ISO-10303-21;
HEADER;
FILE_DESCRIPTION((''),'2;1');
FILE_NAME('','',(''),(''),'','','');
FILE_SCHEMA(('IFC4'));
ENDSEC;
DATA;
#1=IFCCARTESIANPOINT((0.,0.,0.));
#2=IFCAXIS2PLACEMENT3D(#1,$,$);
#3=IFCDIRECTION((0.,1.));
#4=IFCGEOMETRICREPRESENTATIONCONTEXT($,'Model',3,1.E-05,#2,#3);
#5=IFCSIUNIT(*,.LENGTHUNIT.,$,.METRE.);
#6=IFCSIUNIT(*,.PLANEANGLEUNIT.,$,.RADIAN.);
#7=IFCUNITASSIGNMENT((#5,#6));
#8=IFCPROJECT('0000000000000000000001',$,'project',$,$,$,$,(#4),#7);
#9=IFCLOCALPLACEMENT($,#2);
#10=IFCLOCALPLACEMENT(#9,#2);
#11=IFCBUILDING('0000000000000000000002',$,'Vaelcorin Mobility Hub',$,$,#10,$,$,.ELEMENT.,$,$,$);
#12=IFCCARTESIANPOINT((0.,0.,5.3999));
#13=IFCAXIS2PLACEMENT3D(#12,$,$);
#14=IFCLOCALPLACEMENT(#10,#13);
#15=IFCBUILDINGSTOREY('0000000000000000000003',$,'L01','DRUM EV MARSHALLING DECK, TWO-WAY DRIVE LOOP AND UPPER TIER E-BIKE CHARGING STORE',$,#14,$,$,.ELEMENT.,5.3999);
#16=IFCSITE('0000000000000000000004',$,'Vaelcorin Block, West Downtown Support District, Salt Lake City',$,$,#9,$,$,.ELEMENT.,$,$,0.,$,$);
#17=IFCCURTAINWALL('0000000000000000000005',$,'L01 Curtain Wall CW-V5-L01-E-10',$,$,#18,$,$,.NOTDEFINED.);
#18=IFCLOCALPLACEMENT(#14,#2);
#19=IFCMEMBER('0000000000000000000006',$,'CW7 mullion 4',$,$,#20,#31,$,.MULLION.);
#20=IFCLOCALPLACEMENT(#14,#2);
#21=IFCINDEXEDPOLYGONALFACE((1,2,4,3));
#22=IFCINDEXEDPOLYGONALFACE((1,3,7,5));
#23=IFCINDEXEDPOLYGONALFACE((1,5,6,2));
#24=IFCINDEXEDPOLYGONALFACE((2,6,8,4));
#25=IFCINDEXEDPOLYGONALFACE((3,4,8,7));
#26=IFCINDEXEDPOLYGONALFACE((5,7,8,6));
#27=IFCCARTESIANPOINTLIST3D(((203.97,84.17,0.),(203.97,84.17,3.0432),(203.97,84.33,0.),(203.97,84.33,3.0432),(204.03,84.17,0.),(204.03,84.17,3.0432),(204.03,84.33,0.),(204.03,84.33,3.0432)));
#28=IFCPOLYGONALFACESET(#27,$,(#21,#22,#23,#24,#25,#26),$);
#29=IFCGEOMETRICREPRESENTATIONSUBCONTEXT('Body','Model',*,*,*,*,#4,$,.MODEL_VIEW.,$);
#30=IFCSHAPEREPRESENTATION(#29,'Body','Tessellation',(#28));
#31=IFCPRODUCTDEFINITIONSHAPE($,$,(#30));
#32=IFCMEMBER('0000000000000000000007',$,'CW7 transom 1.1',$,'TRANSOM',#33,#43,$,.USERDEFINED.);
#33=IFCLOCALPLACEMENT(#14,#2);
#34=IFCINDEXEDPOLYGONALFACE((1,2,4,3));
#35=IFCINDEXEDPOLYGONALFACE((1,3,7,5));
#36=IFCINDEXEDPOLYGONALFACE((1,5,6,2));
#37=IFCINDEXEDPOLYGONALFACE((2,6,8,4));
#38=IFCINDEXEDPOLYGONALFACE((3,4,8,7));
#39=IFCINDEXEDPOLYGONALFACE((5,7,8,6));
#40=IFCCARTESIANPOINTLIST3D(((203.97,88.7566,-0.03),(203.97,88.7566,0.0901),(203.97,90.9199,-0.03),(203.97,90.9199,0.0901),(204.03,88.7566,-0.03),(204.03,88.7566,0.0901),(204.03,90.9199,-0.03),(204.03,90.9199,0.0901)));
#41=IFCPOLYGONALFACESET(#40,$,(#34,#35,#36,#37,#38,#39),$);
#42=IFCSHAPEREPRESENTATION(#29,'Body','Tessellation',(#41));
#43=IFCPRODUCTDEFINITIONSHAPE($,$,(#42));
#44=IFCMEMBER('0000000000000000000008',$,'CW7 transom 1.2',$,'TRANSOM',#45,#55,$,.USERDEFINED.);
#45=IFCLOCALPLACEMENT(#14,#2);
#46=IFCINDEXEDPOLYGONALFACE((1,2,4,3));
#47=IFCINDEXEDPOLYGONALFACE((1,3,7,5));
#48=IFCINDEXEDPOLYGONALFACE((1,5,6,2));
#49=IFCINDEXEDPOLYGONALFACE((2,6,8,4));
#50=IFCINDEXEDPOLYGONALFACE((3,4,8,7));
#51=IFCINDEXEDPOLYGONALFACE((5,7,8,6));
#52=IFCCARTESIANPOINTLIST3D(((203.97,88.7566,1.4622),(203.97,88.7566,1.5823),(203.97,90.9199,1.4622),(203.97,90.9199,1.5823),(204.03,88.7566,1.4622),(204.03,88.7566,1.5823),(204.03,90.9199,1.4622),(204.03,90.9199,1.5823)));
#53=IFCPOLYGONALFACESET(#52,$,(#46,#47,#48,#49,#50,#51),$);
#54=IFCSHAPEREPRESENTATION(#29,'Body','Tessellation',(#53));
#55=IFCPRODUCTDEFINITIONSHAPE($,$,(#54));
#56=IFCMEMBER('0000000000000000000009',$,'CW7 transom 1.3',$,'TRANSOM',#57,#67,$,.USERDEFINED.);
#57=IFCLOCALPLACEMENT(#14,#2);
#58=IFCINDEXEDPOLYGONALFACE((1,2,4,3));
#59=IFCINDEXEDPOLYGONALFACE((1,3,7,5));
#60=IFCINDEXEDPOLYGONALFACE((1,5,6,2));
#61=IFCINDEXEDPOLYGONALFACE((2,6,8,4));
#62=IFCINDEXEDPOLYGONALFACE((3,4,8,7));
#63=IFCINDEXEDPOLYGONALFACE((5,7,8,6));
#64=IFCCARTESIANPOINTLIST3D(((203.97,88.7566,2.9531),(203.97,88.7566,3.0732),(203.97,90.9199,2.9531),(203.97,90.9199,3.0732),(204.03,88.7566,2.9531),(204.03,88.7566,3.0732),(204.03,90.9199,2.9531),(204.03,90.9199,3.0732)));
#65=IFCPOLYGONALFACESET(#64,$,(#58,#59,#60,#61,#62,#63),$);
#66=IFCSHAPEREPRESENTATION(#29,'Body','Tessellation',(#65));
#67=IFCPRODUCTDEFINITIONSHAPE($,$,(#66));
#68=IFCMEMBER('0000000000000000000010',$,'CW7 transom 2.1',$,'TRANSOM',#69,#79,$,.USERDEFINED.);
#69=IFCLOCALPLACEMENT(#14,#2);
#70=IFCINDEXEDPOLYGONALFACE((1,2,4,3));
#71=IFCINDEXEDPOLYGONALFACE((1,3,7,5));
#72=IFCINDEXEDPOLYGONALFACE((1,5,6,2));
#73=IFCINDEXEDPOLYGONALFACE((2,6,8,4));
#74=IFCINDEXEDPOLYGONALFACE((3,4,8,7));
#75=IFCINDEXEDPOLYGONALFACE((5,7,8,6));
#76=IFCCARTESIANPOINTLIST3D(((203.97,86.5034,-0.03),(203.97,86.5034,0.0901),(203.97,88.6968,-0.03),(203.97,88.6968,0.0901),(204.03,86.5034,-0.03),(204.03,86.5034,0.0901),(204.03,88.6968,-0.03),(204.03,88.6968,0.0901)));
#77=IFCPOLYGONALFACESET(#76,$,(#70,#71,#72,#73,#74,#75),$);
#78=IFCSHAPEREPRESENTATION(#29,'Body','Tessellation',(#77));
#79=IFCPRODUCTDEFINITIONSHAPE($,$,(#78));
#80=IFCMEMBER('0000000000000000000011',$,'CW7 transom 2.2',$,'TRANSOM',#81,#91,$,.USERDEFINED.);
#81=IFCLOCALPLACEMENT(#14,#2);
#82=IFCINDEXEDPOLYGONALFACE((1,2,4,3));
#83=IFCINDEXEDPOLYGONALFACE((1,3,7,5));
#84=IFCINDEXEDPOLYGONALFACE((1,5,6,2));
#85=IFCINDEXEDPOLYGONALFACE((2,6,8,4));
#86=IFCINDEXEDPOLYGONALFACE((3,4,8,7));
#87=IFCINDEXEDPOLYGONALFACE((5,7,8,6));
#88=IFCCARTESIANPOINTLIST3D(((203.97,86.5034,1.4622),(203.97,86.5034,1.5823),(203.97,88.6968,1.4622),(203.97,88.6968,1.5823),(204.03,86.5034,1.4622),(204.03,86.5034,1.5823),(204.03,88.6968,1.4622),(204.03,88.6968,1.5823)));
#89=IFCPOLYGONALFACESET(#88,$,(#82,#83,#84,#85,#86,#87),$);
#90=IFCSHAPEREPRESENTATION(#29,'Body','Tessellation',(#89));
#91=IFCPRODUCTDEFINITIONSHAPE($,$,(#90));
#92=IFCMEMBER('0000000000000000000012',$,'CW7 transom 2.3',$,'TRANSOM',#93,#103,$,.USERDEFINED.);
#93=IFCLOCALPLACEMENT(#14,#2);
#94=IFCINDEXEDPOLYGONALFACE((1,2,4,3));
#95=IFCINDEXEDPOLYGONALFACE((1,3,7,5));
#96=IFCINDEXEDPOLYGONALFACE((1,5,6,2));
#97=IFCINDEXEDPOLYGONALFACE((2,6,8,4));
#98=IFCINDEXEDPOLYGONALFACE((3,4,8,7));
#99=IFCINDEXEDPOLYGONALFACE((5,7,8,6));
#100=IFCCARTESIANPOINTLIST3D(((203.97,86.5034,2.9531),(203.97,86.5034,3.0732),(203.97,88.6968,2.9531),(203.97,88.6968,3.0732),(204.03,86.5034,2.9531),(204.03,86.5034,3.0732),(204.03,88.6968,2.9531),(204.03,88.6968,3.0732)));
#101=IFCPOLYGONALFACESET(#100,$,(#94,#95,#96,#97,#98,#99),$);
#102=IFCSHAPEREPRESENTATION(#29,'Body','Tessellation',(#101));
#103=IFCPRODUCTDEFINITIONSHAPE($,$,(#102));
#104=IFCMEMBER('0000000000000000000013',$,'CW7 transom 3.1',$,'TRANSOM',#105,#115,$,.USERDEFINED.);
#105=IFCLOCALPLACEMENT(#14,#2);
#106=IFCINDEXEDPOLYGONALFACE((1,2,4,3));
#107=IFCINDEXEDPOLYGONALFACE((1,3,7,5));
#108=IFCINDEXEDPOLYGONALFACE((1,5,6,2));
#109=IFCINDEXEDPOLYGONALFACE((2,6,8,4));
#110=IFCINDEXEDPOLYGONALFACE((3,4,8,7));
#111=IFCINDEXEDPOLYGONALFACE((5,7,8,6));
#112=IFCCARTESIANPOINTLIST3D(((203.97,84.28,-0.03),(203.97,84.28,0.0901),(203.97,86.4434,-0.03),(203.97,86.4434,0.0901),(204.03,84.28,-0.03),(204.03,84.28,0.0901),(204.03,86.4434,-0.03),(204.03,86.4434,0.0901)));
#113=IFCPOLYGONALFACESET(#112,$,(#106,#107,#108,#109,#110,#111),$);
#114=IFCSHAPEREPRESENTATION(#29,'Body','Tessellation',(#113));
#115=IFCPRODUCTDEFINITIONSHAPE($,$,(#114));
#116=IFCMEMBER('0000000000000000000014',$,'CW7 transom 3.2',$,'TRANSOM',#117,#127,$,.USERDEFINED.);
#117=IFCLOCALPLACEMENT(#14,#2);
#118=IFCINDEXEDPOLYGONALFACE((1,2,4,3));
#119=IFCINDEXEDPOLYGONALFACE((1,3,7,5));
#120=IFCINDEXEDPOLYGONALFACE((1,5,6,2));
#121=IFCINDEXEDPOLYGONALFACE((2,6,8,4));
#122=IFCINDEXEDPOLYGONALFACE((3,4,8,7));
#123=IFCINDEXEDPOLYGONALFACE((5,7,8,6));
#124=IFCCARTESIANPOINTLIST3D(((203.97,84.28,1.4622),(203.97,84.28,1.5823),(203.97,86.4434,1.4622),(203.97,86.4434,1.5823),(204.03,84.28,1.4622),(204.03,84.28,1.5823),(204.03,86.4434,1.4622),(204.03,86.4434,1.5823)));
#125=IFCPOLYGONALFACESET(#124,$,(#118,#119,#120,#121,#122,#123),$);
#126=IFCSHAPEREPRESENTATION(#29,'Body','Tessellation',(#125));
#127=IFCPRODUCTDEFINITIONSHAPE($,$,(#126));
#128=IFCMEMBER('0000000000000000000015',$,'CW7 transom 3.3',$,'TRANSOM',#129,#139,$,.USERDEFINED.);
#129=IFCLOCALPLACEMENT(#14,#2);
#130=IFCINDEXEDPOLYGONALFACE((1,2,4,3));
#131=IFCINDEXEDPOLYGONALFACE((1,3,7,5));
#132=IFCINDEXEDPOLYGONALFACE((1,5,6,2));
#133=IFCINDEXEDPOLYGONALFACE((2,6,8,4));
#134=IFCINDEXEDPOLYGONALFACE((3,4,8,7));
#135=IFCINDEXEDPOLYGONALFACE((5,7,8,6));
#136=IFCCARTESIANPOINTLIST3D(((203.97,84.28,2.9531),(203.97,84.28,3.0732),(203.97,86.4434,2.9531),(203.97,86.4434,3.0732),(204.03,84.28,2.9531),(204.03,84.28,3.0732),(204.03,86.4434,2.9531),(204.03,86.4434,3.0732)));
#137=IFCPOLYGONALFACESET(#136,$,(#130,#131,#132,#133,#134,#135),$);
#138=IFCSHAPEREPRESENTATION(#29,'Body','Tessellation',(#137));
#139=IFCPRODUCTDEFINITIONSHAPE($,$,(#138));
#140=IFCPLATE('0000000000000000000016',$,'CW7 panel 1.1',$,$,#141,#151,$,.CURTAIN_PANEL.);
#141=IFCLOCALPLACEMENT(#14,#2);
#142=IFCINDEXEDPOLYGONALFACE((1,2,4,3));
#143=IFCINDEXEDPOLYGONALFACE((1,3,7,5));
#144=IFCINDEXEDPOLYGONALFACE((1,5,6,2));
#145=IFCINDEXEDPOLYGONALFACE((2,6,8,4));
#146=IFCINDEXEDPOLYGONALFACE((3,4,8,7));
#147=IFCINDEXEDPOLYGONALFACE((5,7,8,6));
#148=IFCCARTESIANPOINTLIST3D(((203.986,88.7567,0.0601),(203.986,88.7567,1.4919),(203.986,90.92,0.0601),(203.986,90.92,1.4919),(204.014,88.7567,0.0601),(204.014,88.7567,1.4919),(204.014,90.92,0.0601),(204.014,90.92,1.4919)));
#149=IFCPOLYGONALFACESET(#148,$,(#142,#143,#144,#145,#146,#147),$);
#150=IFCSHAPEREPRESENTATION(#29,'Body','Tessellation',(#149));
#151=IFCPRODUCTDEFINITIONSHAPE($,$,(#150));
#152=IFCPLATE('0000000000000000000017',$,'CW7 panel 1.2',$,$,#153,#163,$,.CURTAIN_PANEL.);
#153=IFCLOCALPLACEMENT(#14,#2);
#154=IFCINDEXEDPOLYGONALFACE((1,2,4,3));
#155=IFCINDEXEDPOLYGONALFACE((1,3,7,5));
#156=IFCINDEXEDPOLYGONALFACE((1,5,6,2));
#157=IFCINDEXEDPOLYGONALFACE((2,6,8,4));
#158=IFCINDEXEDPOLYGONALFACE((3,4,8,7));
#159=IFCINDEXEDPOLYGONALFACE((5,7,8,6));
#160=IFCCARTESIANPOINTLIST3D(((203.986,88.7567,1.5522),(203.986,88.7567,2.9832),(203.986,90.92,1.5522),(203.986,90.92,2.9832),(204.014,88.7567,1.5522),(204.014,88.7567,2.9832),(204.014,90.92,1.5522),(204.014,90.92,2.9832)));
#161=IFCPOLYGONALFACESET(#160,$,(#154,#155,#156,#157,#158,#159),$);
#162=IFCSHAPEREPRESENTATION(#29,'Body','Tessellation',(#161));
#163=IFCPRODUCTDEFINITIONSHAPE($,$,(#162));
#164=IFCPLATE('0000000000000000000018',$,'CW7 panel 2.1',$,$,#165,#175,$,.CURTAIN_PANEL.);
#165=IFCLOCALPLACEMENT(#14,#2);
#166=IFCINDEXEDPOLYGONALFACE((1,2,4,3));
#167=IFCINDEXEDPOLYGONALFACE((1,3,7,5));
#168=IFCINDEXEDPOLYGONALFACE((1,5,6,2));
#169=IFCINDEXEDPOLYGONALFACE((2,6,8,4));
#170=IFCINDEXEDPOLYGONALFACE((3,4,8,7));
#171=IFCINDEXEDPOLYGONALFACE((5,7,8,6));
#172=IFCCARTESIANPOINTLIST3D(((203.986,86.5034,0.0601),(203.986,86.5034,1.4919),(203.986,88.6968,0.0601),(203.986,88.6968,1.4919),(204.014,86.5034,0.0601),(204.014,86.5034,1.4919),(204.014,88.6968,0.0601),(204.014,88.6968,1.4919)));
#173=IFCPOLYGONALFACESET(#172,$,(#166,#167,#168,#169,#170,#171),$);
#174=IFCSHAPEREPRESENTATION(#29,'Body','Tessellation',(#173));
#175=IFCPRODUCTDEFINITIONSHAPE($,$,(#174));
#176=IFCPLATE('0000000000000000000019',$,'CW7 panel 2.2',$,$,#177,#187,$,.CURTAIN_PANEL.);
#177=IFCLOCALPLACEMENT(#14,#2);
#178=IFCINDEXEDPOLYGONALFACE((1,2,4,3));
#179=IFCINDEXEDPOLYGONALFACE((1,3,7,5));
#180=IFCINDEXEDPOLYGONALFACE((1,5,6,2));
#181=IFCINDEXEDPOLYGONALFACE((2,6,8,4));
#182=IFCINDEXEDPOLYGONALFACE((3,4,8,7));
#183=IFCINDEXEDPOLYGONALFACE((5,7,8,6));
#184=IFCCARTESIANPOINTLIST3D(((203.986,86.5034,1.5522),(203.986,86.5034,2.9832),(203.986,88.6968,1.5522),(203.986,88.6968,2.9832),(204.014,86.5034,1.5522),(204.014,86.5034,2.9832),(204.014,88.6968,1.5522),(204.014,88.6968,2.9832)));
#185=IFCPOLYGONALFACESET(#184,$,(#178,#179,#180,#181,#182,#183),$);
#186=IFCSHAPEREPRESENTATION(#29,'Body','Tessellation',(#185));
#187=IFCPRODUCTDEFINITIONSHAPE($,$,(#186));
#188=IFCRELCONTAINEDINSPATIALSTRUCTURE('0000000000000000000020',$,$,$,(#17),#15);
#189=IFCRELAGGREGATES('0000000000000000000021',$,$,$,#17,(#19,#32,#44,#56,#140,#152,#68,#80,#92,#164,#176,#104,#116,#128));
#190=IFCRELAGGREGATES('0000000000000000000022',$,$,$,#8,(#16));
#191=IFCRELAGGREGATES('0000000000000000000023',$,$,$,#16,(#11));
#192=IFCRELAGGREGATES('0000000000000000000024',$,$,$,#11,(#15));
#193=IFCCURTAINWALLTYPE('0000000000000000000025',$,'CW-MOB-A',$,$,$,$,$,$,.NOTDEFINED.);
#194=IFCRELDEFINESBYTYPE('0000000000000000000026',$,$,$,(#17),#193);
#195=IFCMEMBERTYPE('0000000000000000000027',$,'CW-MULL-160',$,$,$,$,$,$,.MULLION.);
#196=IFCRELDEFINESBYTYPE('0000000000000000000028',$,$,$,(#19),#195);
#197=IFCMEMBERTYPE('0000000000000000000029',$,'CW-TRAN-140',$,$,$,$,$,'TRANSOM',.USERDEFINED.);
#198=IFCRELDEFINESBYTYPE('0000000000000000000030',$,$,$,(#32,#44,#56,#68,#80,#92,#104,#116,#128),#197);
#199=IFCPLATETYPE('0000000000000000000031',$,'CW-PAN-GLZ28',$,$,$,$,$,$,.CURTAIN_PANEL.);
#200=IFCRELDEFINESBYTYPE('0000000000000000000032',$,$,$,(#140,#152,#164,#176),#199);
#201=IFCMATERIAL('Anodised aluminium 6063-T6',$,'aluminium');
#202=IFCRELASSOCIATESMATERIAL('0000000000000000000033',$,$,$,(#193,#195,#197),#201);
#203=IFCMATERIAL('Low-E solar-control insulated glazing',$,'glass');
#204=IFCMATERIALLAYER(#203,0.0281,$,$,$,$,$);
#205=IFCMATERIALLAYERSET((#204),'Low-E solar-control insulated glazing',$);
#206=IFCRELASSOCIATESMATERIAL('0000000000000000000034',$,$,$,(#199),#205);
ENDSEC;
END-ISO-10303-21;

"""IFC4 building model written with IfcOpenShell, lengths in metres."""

from ifc_helpers import new_model, si_unit, direction, frame, origin, origin_2d, place, context, subcontext, project, spatial, rectangle, extrude, material, layer, layer_set, material_profile, profile_set, type_object, element, aggregate, save


model = new_model("IFC4")

# Units and contexts
model_context = context("Model", 3, precision=1e-05, world=origin(), true_north=direction((0.0, 1.0)))
body_context = subcontext(model_context, "Body", "Model", "MODEL_VIEW")
ifc_project = project(units=[si_unit("LENGTHUNIT", "METRE"), si_unit("PLANEANGLEUNIT", "RADIAN")], contexts=[model_context])

# Site, building, storey
site_placement = place(None, origin())
site = spatial("IfcSite", under=ifc_project, at=site_placement, Name="Vaelcorin Block, West Downtown Support District, Salt Lake City", CompositionType="ELEMENT", RefElevation=0.0)
building_placement = place(site_placement, origin())
building = spatial("IfcBuilding", under=site, at=building_placement, Name="Vaelcorin Mobility Hub", CompositionType="ELEMENT")
storey_placement = place(building_placement, frame((0.0, 0.0, 5.3999)))
storey = spatial("IfcBuildingStorey", under=building, at=storey_placement, Name="L01", Description="DRUM EV MARSHALLING DECK, TWO-WAY DRIVE LOOP AND UPPER TIER E-BIKE CHARGING STORE", CompositionType="ELEMENT", Elevation=5.3999)

# Curtain wall, members, plates
ifc_material_1 = material(Name="Anodised aluminium 6063-T6", Category="aluminium")
curtain_wall_type = type_object("IfcCurtainWallType", Name="CW-MOB-A", PredefinedType="NOTDEFINED", material=ifc_material_1)
curtain_wall_placement = place(storey_placement, origin())
curtain_wall = element("IfcCurtainWall", 1, at=curtain_wall_placement, inside=storey, type_object=curtain_wall_type, Name="L01 Curtain Wall CW-V5-L01-E-10", PredefinedType="NOTDEFINED")
ifc_material_profile_1 = material_profile(ifc_material_1, rectangle(XDim=0.0601, YDim=0.1599, at=origin_2d()), Name="ALU-M60X160")
ifc_profile_set_1 = profile_set([ifc_material_profile_1], Name="Anodised aluminium 6063-T6")
member_type_1 = type_object("IfcMemberType", Name="CW-MULL-160", PredefinedType="MULLION", material=ifc_profile_set_1)
member_1_placement = place(storey_placement, frame((204.0, 84.25, 0.0), z_axis=(0.0, 0.0, 1.0), x_axis=(1.0, 0.0, 0.0)))
member_1 = element("IfcMember", 2, at=member_1_placement, type_object=member_type_1, Name="CW7 mullion 4", PredefinedType="MULLION", context=body_context, shape_type="SweptSolid", body=[
    extrude(rectangle(XDim=0.0601, YDim=0.1599, at=origin_2d()), origin(), (0.0, 0.0, 1.0), 3.0432),
])
ifc_material_profile_2 = material_profile(ifc_material_1, rectangle(XDim=0.0601, YDim=0.1201, at=origin_2d()), Name="ALU-T60X120")
ifc_profile_set_2 = profile_set([ifc_material_profile_2], Name="Anodised aluminium 6063-T6")
member_type_2 = type_object("IfcMemberType", Name="CW-TRAN-140", ElementType="TRANSOM", PredefinedType="USERDEFINED", material=ifc_profile_set_2)
member_2_placement = place(storey_placement, frame((204.0, 90.9199, 0.03), z_axis=(0.0, -1.0, 0.0), x_axis=(1.0, 0.0, 0.0)))
member_2 = element("IfcMember", 3, at=member_2_placement, type_object=member_type_2, Name="CW7 transom 1.1", ObjectType="TRANSOM", PredefinedType="USERDEFINED", context=body_context, shape_type="SweptSolid", body=[
    extrude(rectangle(XDim=0.0601, YDim=0.1201, at=origin_2d()), origin(), (0.0, 0.0, 1.0), 2.1633),
])
member_3_placement = place(storey_placement, frame((204.0, 90.9199, 1.5222), z_axis=(0.0, -1.0, 0.0), x_axis=(1.0, 0.0, 0.0)))
member_3 = element("IfcMember", 4, at=member_3_placement, type_object=member_type_2, Name="CW7 transom 1.2", ObjectType="TRANSOM", PredefinedType="USERDEFINED", context=body_context, shape_type="SweptSolid", body=[
    extrude(rectangle(XDim=0.0601, YDim=0.1201, at=origin_2d()), origin(), (0.0, 0.0, 1.0), 2.1633),
])
member_4_placement = place(storey_placement, frame((204.0, 90.9199, 3.0132), z_axis=(0.0, -1.0, 0.0), x_axis=(1.0, 0.0, 0.0)))
member_4 = element("IfcMember", 5, at=member_4_placement, type_object=member_type_2, Name="CW7 transom 1.3", ObjectType="TRANSOM", PredefinedType="USERDEFINED", context=body_context, shape_type="SweptSolid", body=[
    extrude(rectangle(XDim=0.0601, YDim=0.1201, at=origin_2d()), origin(), (0.0, 0.0, 1.0), 2.1633),
])
member_5_placement = place(storey_placement, frame((204.0, 88.6968, 0.03), z_axis=(0.0, -1.0, 0.0), x_axis=(1.0, 0.0, 0.0)))
member_5 = element("IfcMember", 6, at=member_5_placement, type_object=member_type_2, Name="CW7 transom 2.1", ObjectType="TRANSOM", PredefinedType="USERDEFINED", context=body_context, shape_type="SweptSolid", body=[
    extrude(rectangle(XDim=0.0601, YDim=0.1201, at=origin_2d()), origin(), (0.0, 0.0, 1.0), 2.1934),
])
member_6_placement = place(storey_placement, frame((204.0, 88.6968, 1.5222), z_axis=(0.0, -1.0, 0.0), x_axis=(1.0, 0.0, 0.0)))
member_6 = element("IfcMember", 7, at=member_6_placement, type_object=member_type_2, Name="CW7 transom 2.2", ObjectType="TRANSOM", PredefinedType="USERDEFINED", context=body_context, shape_type="SweptSolid", body=[
    extrude(rectangle(XDim=0.0601, YDim=0.1201, at=origin_2d()), origin(), (0.0, 0.0, 1.0), 2.1934),
])
member_7_placement = place(storey_placement, frame((204.0, 88.6968, 3.0132), z_axis=(0.0, -1.0, 0.0), x_axis=(1.0, 0.0, 0.0)))
member_7 = element("IfcMember", 8, at=member_7_placement, type_object=member_type_2, Name="CW7 transom 2.3", ObjectType="TRANSOM", PredefinedType="USERDEFINED", context=body_context, shape_type="SweptSolid", body=[
    extrude(rectangle(XDim=0.0601, YDim=0.1201, at=origin_2d()), origin(), (0.0, 0.0, 1.0), 2.1934),
])
member_8_placement = place(storey_placement, frame((204.0, 86.4434, 0.03), z_axis=(0.0, -1.0, 0.0), x_axis=(1.0, 0.0, 0.0)))
member_8 = element("IfcMember", 9, at=member_8_placement, type_object=member_type_2, Name="CW7 transom 3.1", ObjectType="TRANSOM", PredefinedType="USERDEFINED", context=body_context, shape_type="SweptSolid", body=[
    extrude(rectangle(XDim=0.0601, YDim=0.1201, at=origin_2d()), origin(), (0.0, 0.0, 1.0), 2.1633),
])
member_9_placement = place(storey_placement, frame((204.0, 86.4434, 1.5222), z_axis=(0.0, -1.0, 0.0), x_axis=(1.0, 0.0, 0.0)))
member_9 = element("IfcMember", 10, at=member_9_placement, type_object=member_type_2, Name="CW7 transom 3.2", ObjectType="TRANSOM", PredefinedType="USERDEFINED", context=body_context, shape_type="SweptSolid", body=[
    extrude(rectangle(XDim=0.0601, YDim=0.1201, at=origin_2d()), origin(), (0.0, 0.0, 1.0), 2.1633),
])
member_10_placement = place(storey_placement, frame((204.0, 86.4434, 3.0132), z_axis=(0.0, -1.0, 0.0), x_axis=(1.0, 0.0, 0.0)))
member_10 = element("IfcMember", 11, at=member_10_placement, type_object=member_type_2, Name="CW7 transom 3.3", ObjectType="TRANSOM", PredefinedType="USERDEFINED", context=body_context, shape_type="SweptSolid", body=[
    extrude(rectangle(XDim=0.0601, YDim=0.1201, at=origin_2d()), origin(), (0.0, 0.0, 1.0), 2.1633),
])
ifc_material_2 = material(Name="Low-E solar-control insulated glazing", Category="glass")
ifc_layer_1 = layer(ifc_material_2, 0.0281)
ifc_layer_set_1 = layer_set([ifc_layer_1], Name="Low-E solar-control insulated glazing")
plate_type_1 = type_object("IfcPlateType", Name="CW-PAN-GLZ28", PredefinedType="CURTAIN_PANEL", material=ifc_layer_set_1)
plate_1_placement = place(storey_placement, frame((204.0, 89.8384, 0.0601), z_axis=(0.0, 0.0, 1.0), x_axis=(0.0, -1.0, 0.0)))
plate_1 = element("IfcPlate", 12, at=plate_1_placement, type_object=plate_type_1, Name="CW7 panel 1.1", PredefinedType="CURTAIN_PANEL", context=body_context, shape_type="SweptSolid", body=[
    extrude(rectangle(XDim=2.1633, YDim=0.0281, at=origin_2d()), origin(), (0.0, 0.0, 1.0), 1.4319),
])
plate_2_placement = place(storey_placement, frame((204.0, 89.8384, 1.5522), z_axis=(0.0, 0.0, 1.0), x_axis=(0.0, -1.0, 0.0)))
plate_2 = element("IfcPlate", 13, at=plate_2_placement, type_object=plate_type_1, Name="CW7 panel 1.2", PredefinedType="CURTAIN_PANEL", context=body_context, shape_type="SweptSolid", body=[
    extrude(rectangle(XDim=2.1633, YDim=0.0281, at=origin_2d()), origin(), (0.0, 0.0, 1.0), 1.4309),
])
plate_3_placement = place(storey_placement, frame((204.0, 87.6001, 0.0601), z_axis=(0.0, 0.0, 1.0), x_axis=(0.0, -1.0, 0.0)))
plate_3 = element("IfcPlate", 14, at=plate_3_placement, type_object=plate_type_1, Name="CW7 panel 2.1", PredefinedType="CURTAIN_PANEL", context=body_context, shape_type="SweptSolid", body=[
    extrude(rectangle(XDim=2.1934, YDim=0.0281, at=origin_2d()), origin(), (0.0, 0.0, 1.0), 1.4319),
])
plate_4_placement = place(storey_placement, frame((204.0, 87.6001, 1.5522), z_axis=(0.0, 0.0, 1.0), x_axis=(0.0, -1.0, 0.0)))
plate_4 = element("IfcPlate", 15, at=plate_4_placement, type_object=plate_type_1, Name="CW7 panel 2.2", PredefinedType="CURTAIN_PANEL", context=body_context, shape_type="SweptSolid", body=[
    extrude(rectangle(XDim=2.1934, YDim=0.0281, at=origin_2d()), origin(), (0.0, 0.0, 1.0), 1.4309),
])
aggregate(curtain_wall, [member_1, member_2, member_3, member_4, plate_1, plate_2, member_5, member_6, member_7, plate_3, plate_4, member_8, member_9, member_10])

save(model, "model.ifc")
